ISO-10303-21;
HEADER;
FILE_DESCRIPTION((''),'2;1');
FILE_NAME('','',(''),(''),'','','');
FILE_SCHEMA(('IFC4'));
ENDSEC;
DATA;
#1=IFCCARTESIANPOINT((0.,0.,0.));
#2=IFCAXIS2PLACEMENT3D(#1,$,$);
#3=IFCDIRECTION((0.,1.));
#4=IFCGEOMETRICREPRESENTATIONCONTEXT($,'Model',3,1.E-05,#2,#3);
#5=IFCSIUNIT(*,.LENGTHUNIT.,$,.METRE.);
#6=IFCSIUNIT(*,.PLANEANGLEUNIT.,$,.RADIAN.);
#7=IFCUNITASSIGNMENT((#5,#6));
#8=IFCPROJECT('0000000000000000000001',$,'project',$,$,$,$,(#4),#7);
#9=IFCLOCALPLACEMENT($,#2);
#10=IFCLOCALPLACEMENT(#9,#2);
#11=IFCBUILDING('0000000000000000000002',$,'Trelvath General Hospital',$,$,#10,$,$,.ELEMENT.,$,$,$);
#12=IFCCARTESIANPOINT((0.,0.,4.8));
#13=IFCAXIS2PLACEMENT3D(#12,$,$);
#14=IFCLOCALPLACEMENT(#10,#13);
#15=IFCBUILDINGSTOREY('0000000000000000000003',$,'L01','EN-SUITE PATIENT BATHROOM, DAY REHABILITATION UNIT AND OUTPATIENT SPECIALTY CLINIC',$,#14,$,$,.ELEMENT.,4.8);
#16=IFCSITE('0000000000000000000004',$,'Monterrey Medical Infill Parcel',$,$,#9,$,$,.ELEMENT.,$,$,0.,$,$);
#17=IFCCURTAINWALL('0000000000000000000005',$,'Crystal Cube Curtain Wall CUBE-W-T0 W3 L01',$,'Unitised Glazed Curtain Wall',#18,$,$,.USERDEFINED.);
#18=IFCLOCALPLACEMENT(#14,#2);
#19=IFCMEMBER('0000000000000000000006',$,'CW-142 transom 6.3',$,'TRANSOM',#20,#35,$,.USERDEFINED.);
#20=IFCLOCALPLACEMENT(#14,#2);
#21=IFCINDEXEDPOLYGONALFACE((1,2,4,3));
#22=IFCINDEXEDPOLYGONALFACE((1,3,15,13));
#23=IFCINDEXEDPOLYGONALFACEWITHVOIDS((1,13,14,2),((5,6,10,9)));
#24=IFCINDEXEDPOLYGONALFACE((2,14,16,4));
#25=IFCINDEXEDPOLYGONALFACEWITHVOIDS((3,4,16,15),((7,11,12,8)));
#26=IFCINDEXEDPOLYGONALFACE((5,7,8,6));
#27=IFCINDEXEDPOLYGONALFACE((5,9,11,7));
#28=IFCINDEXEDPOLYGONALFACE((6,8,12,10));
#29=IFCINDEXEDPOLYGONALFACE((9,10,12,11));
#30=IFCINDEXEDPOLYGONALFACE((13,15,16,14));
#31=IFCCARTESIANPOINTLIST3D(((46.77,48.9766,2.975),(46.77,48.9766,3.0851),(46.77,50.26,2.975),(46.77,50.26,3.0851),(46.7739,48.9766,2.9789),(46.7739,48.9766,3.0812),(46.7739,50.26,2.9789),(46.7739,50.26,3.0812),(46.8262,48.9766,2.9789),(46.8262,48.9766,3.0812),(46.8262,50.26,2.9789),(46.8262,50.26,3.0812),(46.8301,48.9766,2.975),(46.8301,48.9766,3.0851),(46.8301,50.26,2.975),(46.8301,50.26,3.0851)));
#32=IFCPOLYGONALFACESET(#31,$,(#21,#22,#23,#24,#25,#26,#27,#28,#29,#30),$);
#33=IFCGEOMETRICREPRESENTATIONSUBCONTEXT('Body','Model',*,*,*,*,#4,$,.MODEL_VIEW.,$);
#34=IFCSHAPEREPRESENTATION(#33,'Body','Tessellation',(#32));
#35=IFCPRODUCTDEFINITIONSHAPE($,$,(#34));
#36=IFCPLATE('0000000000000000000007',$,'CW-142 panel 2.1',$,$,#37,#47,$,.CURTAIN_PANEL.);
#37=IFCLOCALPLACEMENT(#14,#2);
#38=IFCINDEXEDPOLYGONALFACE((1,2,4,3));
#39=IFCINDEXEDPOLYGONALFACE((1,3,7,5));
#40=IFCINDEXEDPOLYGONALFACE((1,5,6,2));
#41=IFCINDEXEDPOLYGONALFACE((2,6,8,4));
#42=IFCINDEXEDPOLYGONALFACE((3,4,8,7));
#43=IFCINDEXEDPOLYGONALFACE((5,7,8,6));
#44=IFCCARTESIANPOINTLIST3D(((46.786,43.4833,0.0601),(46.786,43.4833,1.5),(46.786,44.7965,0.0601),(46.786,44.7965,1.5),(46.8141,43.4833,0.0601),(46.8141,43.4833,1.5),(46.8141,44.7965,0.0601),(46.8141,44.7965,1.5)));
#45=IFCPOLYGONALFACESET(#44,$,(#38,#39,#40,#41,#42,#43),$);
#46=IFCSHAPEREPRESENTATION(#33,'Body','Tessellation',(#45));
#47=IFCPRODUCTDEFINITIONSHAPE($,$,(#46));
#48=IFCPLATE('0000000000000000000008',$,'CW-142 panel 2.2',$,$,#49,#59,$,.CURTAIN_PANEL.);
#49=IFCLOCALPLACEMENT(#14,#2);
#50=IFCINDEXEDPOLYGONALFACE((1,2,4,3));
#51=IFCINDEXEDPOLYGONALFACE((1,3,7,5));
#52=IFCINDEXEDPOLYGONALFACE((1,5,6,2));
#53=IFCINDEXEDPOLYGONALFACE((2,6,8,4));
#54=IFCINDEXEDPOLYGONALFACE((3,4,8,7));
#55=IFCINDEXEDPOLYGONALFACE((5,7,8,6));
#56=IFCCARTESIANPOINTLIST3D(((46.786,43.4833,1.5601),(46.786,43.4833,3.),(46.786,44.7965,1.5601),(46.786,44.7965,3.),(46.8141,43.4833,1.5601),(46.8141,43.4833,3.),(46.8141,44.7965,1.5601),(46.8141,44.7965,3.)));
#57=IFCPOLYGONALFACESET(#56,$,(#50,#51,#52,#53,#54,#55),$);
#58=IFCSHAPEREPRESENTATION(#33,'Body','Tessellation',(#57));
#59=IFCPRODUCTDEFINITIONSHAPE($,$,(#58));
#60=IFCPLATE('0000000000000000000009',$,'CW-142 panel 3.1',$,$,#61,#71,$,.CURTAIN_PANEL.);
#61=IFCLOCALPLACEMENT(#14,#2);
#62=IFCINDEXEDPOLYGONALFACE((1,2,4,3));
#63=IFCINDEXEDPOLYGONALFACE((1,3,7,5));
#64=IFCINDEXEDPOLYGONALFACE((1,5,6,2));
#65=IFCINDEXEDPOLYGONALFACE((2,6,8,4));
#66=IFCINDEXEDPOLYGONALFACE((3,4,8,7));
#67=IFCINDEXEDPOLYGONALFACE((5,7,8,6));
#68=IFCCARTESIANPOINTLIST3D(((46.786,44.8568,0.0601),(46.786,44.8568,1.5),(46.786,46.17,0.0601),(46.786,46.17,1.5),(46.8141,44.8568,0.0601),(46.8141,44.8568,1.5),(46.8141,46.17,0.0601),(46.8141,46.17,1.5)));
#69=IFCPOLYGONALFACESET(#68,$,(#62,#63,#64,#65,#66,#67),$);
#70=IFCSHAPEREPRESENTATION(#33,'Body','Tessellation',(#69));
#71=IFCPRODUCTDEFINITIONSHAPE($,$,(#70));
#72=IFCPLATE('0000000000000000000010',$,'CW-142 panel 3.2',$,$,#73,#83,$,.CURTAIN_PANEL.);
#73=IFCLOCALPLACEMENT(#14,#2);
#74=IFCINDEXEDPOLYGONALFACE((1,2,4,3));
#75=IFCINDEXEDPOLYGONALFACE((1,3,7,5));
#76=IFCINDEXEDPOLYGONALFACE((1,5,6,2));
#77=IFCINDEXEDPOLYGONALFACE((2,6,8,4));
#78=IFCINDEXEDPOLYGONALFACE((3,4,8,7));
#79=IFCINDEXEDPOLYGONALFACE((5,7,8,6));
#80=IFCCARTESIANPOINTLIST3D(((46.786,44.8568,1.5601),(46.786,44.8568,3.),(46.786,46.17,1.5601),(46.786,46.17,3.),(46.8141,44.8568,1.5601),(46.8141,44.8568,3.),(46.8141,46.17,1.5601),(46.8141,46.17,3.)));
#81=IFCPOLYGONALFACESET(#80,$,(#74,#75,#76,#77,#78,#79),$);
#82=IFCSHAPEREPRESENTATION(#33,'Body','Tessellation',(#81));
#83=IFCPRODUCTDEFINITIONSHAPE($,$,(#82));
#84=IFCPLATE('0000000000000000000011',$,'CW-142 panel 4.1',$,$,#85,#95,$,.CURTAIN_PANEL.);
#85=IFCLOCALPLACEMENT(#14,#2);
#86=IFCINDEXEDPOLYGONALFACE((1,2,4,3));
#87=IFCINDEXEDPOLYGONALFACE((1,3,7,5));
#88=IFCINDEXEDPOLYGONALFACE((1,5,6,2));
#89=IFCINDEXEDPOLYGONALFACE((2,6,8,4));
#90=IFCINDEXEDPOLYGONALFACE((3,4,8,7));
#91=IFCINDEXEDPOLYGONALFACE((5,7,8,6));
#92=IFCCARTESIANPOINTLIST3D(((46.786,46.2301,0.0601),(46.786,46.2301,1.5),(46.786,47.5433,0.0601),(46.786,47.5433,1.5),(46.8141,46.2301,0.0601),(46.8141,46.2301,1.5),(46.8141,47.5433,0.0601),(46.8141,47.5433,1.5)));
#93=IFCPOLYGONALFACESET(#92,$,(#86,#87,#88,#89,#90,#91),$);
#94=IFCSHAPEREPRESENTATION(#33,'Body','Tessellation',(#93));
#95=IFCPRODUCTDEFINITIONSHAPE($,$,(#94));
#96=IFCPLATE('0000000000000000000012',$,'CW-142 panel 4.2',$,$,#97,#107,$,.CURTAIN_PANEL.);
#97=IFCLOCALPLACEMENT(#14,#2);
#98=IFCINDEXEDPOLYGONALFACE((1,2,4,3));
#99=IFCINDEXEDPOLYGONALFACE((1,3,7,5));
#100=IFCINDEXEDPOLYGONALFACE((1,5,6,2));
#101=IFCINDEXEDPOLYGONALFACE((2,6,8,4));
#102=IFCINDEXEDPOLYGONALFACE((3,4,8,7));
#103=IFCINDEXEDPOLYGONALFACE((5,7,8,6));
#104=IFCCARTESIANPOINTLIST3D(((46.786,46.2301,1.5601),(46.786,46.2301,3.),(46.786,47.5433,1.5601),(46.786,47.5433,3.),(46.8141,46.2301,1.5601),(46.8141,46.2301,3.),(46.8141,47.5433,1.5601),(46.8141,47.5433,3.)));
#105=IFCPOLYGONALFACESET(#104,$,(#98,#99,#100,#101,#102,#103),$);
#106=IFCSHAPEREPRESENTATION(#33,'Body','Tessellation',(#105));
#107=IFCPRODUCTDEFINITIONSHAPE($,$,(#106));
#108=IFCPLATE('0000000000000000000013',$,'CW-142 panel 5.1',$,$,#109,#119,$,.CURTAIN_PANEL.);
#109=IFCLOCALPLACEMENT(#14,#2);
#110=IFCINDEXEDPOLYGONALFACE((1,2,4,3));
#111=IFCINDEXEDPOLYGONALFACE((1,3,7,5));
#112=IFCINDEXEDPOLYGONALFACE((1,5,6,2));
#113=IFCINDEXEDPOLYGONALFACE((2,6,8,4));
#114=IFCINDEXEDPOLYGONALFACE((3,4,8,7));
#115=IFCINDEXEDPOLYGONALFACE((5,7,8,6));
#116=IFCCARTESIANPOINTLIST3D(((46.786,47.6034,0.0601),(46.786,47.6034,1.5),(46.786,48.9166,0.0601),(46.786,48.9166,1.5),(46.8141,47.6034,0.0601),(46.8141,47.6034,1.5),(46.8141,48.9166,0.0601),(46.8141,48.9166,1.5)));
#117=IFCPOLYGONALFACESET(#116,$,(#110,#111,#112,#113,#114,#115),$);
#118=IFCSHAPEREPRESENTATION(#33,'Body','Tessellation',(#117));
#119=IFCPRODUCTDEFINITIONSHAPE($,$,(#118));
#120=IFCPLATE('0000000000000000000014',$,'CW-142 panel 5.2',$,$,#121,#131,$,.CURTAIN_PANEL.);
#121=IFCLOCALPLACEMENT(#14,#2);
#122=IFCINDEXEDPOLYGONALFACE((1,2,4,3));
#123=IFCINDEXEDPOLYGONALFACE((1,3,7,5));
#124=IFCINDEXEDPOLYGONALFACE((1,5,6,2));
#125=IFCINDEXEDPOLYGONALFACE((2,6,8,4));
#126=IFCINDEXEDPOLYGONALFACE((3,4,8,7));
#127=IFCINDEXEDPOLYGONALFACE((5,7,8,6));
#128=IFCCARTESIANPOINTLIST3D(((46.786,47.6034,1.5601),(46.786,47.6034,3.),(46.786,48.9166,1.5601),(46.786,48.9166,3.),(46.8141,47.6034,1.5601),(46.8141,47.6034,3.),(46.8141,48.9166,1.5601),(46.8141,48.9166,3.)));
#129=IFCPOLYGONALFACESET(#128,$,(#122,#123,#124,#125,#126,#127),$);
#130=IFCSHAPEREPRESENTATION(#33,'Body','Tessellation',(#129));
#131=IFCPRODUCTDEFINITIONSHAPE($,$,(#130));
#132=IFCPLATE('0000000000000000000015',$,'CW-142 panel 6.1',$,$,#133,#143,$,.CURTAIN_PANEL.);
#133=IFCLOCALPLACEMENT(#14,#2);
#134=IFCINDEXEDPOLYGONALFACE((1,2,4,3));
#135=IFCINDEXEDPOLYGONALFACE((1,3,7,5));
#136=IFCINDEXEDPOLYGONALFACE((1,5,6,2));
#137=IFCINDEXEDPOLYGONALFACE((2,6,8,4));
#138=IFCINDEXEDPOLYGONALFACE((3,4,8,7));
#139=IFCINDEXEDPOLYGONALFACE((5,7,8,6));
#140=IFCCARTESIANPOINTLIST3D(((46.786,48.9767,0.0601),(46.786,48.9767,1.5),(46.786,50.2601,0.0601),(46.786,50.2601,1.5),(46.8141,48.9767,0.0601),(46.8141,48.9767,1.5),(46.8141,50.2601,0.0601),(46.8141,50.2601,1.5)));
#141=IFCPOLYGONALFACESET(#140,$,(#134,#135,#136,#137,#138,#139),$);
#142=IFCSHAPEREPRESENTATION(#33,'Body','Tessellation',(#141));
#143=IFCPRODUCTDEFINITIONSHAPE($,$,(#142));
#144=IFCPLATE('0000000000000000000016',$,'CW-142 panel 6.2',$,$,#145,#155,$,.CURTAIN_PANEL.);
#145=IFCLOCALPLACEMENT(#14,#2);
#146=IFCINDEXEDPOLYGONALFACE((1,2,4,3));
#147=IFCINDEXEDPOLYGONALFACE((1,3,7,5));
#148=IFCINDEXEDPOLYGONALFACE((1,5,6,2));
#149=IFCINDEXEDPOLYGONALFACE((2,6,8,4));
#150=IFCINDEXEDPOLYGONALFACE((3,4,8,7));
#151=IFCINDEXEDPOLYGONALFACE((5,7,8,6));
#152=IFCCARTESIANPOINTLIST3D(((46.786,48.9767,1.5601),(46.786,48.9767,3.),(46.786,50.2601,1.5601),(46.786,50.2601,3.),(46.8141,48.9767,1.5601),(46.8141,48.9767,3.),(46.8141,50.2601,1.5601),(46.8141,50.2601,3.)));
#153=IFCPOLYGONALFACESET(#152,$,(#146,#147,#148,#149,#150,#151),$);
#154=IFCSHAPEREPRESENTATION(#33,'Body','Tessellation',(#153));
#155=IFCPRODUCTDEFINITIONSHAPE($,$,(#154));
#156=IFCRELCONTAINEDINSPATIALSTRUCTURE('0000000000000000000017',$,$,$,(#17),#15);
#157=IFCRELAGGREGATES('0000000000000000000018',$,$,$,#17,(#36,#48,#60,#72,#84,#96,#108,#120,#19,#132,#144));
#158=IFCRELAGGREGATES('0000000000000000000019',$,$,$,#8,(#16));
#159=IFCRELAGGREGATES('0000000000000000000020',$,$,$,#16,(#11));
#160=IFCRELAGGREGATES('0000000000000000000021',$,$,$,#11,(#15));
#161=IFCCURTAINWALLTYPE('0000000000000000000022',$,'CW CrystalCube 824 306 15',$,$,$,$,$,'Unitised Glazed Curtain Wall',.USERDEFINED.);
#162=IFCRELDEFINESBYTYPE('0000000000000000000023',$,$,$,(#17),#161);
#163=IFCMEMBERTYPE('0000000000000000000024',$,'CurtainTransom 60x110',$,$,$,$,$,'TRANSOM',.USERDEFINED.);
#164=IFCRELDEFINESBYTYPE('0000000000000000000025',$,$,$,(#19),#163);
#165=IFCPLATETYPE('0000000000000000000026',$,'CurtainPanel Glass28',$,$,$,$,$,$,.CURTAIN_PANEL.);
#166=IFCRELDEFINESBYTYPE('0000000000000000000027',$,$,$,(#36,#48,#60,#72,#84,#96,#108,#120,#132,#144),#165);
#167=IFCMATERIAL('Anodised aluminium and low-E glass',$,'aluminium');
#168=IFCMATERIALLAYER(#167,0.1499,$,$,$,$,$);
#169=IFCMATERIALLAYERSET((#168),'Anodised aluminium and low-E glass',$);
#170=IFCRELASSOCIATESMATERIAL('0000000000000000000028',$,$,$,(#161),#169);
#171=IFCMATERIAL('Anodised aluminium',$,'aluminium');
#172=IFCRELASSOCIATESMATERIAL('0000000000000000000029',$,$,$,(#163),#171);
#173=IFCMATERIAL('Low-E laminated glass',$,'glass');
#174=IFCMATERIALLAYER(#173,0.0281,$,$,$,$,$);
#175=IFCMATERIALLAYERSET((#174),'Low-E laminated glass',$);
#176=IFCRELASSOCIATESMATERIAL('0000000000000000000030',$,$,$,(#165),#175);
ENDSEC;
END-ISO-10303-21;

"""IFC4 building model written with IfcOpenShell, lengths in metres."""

from ifc_helpers import new_model, si_unit, direction, frame, origin, origin_2d, place, context, subcontext, project, spatial, rectangle, hollow_rectangle, extrude, material, layer, layer_set, material_profile, profile_set, type_object, element, aggregate, save


model = new_model("IFC4")

# Units and contexts
model_context = context("Model", 3, precision=1e-05, world=origin(), true_north=direction((0.0, 1.0)))
body_context = subcontext(model_context, "Body", "Model", "MODEL_VIEW")
ifc_project = project(units=[si_unit("LENGTHUNIT", "METRE"), si_unit("PLANEANGLEUNIT", "RADIAN")], contexts=[model_context])

# Site, building, storey
site_placement = place(None, origin())
site = spatial("IfcSite", under=ifc_project, at=site_placement, Name="Monterrey Medical Infill Parcel", CompositionType="ELEMENT", RefElevation=0.0)
building_placement = place(site_placement, origin())
building = spatial("IfcBuilding", under=site, at=building_placement, Name="Trelvath General Hospital", CompositionType="ELEMENT")
storey_placement = place(building_placement, frame((0.0, 0.0, 4.8)))
storey = spatial("IfcBuildingStorey", under=building, at=storey_placement, Name="L01", Description="EN-SUITE PATIENT BATHROOM, DAY REHABILITATION UNIT AND OUTPATIENT SPECIALTY CLINIC", CompositionType="ELEMENT", Elevation=4.8)

# Curtain wall
ifc_material_1 = material(Name="Anodised aluminium and low-E glass", Category="aluminium")
ifc_layer_1 = layer(ifc_material_1, 0.1499)
ifc_layer_set_1 = layer_set([ifc_layer_1], Name="Anodised aluminium and low-E glass")
curtain_wall_type_1 = type_object("IfcCurtainWallType", Name="CW CrystalCube 824 306 15", ElementType="Unitised Glazed Curtain Wall", PredefinedType="USERDEFINED", material=ifc_layer_set_1)
curtain_wall_1_placement = place(storey_placement, origin())
curtain_wall_1 = element("IfcCurtainWall", 1, at=curtain_wall_1_placement, inside=storey, type_object=curtain_wall_type_1, Name="Crystal Cube Curtain Wall CUBE-W-T0 W3 L01", ObjectType="Unitised Glazed Curtain Wall", PredefinedType="USERDEFINED")

# Member
ifc_material_2 = material(Name="Anodised aluminium", Category="aluminium")
ifc_material_profile_1 = material_profile(ifc_material_2, hollow_rectangle(XDim=0.0601, YDim=0.1101, WallThickness=0.0039, at=origin_2d()), Name="RHS60x110x4")
ifc_profile_set_1 = profile_set([ifc_material_profile_1], Name="Anodised aluminium")
member_type_1 = type_object("IfcMemberType", Name="CurtainTransom 60x110", ElementType="TRANSOM", PredefinedType="USERDEFINED", material=ifc_profile_set_1)
member_1_placement = place(storey_placement, frame((46.8, 48.9766, 3.03), z_axis=(0.0, 1.0, 0.0), x_axis=(-1.0, 0.0, 0.0)))
member_1 = element("IfcMember", 2, at=member_1_placement, type_object=member_type_1, Name="CW-142 transom 6.3", ObjectType="TRANSOM", PredefinedType="USERDEFINED", context=body_context, shape_type="SweptSolid", body=[
    extrude(hollow_rectangle(XDim=0.0601, YDim=0.1101, WallThickness=0.0039, at=origin_2d()), origin(), (0.0, 0.0, 1.0), 1.2834),
])

# Plates
ifc_material_3 = material(Name="Low-E laminated glass", Category="glass")
ifc_layer_2 = layer(ifc_material_3, 0.0281)
ifc_layer_set_2 = layer_set([ifc_layer_2], Name="Low-E laminated glass")
plate_type = type_object("IfcPlateType", Name="CurtainPanel Glass28", PredefinedType="CURTAIN_PANEL", material=ifc_layer_set_2)
plate_1_placement = place(storey_placement, frame((46.8, 44.1399, 0.0601), z_axis=(0.0, 0.0, 1.0), x_axis=(0.0, 1.0, 0.0)))
plate_1 = element("IfcPlate", 3, at=plate_1_placement, type_object=plate_type, Name="CW-142 panel 2.1", PredefinedType="CURTAIN_PANEL", context=body_context, shape_type="SweptSolid", body=[
    extrude(rectangle(XDim=1.3132, YDim=0.0281, at=origin_2d()), origin(), (0.0, 0.0, 1.0), 1.4399),
])
plate_2_placement = place(storey_placement, frame((46.8, 44.1399, 1.5601), z_axis=(0.0, 0.0, 1.0), x_axis=(0.0, 1.0, 0.0)))
plate_2 = element("IfcPlate", 4, at=plate_2_placement, type_object=plate_type, Name="CW-142 panel 2.2", PredefinedType="CURTAIN_PANEL", context=body_context, shape_type="SweptSolid", body=[
    extrude(rectangle(XDim=1.3132, YDim=0.0281, at=origin_2d()), origin(), (0.0, 0.0, 1.0), 1.4399),
])
plate_3_placement = place(storey_placement, frame((46.8, 45.5134, 0.0601), z_axis=(0.0, 0.0, 1.0), x_axis=(0.0, 1.0, 0.0)))
plate_3 = element("IfcPlate", 5, at=plate_3_placement, type_object=plate_type, Name="CW-142 panel 3.1", PredefinedType="CURTAIN_PANEL", context=body_context, shape_type="SweptSolid", body=[
    extrude(rectangle(XDim=1.3132, YDim=0.0281, at=origin_2d()), origin(), (0.0, 0.0, 1.0), 1.4399),
])
plate_4_placement = place(storey_placement, frame((46.8, 45.5134, 1.5601), z_axis=(0.0, 0.0, 1.0), x_axis=(0.0, 1.0, 0.0)))
plate_4 = element("IfcPlate", 6, at=plate_4_placement, type_object=plate_type, Name="CW-142 panel 3.2", PredefinedType="CURTAIN_PANEL", context=body_context, shape_type="SweptSolid", body=[
    extrude(rectangle(XDim=1.3132, YDim=0.0281, at=origin_2d()), origin(), (0.0, 0.0, 1.0), 1.4399),
])
plate_5_placement = place(storey_placement, frame((46.8, 46.8867, 0.0601), z_axis=(0.0, 0.0, 1.0), x_axis=(0.0, 1.0, 0.0)))
plate_5 = element("IfcPlate", 7, at=plate_5_placement, type_object=plate_type, Name="CW-142 panel 4.1", PredefinedType="CURTAIN_PANEL", context=body_context, shape_type="SweptSolid", body=[
    extrude(rectangle(XDim=1.3132, YDim=0.0281, at=origin_2d()), origin(), (0.0, 0.0, 1.0), 1.4399),
])
plate_6_placement = place(storey_placement, frame((46.8, 46.8867, 1.5601), z_axis=(0.0, 0.0, 1.0), x_axis=(0.0, 1.0, 0.0)))
plate_6 = element("IfcPlate", 8, at=plate_6_placement, type_object=plate_type, Name="CW-142 panel 4.2", PredefinedType="CURTAIN_PANEL", context=body_context, shape_type="SweptSolid", body=[
    extrude(rectangle(XDim=1.3132, YDim=0.0281, at=origin_2d()), origin(), (0.0, 0.0, 1.0), 1.4399),
])
plate_7_placement = place(storey_placement, frame((46.8, 48.26, 0.0601), z_axis=(0.0, 0.0, 1.0), x_axis=(0.0, 1.0, 0.0)))
plate_7 = element("IfcPlate", 9, at=plate_7_placement, type_object=plate_type, Name="CW-142 panel 5.1", PredefinedType="CURTAIN_PANEL", context=body_context, shape_type="SweptSolid", body=[
    extrude(rectangle(XDim=1.3132, YDim=0.0281, at=origin_2d()), origin(), (0.0, 0.0, 1.0), 1.4399),
])
plate_8_placement = place(storey_placement, frame((46.8, 48.26, 1.5601), z_axis=(0.0, 0.0, 1.0), x_axis=(0.0, 1.0, 0.0)))
plate_8 = element("IfcPlate", 10, at=plate_8_placement, type_object=plate_type, Name="CW-142 panel 5.2", PredefinedType="CURTAIN_PANEL", context=body_context, shape_type="SweptSolid", body=[
    extrude(rectangle(XDim=1.3132, YDim=0.0281, at=origin_2d()), origin(), (0.0, 0.0, 1.0), 1.4399),
])
plate_9_placement = place(storey_placement, frame((46.8, 49.6184, 0.0601), z_axis=(0.0, 0.0, 1.0), x_axis=(0.0, 1.0, 0.0)))
plate_9 = element("IfcPlate", 11, at=plate_9_placement, type_object=plate_type, Name="CW-142 panel 6.1", PredefinedType="CURTAIN_PANEL", context=body_context, shape_type="SweptSolid", body=[
    extrude(rectangle(XDim=1.2834, YDim=0.0281, at=origin_2d()), origin(), (0.0, 0.0, 1.0), 1.4399),
])
plate_10_placement = place(storey_placement, frame((46.8, 49.6184, 1.5601), z_axis=(0.0, 0.0, 1.0), x_axis=(0.0, 1.0, 0.0)))
plate_10 = element("IfcPlate", 12, at=plate_10_placement, type_object=plate_type, Name="CW-142 panel 6.2", PredefinedType="CURTAIN_PANEL", context=body_context, shape_type="SweptSolid", body=[
    extrude(rectangle(XDim=1.2834, YDim=0.0281, at=origin_2d()), origin(), (0.0, 0.0, 1.0), 1.4399),
])
aggregate(curtain_wall_1, [plate_1, plate_2, plate_3, plate_4, plate_5, plate_6, plate_7, plate_8, member_1, plate_9, plate_10])

save(model, "model.ifc")
